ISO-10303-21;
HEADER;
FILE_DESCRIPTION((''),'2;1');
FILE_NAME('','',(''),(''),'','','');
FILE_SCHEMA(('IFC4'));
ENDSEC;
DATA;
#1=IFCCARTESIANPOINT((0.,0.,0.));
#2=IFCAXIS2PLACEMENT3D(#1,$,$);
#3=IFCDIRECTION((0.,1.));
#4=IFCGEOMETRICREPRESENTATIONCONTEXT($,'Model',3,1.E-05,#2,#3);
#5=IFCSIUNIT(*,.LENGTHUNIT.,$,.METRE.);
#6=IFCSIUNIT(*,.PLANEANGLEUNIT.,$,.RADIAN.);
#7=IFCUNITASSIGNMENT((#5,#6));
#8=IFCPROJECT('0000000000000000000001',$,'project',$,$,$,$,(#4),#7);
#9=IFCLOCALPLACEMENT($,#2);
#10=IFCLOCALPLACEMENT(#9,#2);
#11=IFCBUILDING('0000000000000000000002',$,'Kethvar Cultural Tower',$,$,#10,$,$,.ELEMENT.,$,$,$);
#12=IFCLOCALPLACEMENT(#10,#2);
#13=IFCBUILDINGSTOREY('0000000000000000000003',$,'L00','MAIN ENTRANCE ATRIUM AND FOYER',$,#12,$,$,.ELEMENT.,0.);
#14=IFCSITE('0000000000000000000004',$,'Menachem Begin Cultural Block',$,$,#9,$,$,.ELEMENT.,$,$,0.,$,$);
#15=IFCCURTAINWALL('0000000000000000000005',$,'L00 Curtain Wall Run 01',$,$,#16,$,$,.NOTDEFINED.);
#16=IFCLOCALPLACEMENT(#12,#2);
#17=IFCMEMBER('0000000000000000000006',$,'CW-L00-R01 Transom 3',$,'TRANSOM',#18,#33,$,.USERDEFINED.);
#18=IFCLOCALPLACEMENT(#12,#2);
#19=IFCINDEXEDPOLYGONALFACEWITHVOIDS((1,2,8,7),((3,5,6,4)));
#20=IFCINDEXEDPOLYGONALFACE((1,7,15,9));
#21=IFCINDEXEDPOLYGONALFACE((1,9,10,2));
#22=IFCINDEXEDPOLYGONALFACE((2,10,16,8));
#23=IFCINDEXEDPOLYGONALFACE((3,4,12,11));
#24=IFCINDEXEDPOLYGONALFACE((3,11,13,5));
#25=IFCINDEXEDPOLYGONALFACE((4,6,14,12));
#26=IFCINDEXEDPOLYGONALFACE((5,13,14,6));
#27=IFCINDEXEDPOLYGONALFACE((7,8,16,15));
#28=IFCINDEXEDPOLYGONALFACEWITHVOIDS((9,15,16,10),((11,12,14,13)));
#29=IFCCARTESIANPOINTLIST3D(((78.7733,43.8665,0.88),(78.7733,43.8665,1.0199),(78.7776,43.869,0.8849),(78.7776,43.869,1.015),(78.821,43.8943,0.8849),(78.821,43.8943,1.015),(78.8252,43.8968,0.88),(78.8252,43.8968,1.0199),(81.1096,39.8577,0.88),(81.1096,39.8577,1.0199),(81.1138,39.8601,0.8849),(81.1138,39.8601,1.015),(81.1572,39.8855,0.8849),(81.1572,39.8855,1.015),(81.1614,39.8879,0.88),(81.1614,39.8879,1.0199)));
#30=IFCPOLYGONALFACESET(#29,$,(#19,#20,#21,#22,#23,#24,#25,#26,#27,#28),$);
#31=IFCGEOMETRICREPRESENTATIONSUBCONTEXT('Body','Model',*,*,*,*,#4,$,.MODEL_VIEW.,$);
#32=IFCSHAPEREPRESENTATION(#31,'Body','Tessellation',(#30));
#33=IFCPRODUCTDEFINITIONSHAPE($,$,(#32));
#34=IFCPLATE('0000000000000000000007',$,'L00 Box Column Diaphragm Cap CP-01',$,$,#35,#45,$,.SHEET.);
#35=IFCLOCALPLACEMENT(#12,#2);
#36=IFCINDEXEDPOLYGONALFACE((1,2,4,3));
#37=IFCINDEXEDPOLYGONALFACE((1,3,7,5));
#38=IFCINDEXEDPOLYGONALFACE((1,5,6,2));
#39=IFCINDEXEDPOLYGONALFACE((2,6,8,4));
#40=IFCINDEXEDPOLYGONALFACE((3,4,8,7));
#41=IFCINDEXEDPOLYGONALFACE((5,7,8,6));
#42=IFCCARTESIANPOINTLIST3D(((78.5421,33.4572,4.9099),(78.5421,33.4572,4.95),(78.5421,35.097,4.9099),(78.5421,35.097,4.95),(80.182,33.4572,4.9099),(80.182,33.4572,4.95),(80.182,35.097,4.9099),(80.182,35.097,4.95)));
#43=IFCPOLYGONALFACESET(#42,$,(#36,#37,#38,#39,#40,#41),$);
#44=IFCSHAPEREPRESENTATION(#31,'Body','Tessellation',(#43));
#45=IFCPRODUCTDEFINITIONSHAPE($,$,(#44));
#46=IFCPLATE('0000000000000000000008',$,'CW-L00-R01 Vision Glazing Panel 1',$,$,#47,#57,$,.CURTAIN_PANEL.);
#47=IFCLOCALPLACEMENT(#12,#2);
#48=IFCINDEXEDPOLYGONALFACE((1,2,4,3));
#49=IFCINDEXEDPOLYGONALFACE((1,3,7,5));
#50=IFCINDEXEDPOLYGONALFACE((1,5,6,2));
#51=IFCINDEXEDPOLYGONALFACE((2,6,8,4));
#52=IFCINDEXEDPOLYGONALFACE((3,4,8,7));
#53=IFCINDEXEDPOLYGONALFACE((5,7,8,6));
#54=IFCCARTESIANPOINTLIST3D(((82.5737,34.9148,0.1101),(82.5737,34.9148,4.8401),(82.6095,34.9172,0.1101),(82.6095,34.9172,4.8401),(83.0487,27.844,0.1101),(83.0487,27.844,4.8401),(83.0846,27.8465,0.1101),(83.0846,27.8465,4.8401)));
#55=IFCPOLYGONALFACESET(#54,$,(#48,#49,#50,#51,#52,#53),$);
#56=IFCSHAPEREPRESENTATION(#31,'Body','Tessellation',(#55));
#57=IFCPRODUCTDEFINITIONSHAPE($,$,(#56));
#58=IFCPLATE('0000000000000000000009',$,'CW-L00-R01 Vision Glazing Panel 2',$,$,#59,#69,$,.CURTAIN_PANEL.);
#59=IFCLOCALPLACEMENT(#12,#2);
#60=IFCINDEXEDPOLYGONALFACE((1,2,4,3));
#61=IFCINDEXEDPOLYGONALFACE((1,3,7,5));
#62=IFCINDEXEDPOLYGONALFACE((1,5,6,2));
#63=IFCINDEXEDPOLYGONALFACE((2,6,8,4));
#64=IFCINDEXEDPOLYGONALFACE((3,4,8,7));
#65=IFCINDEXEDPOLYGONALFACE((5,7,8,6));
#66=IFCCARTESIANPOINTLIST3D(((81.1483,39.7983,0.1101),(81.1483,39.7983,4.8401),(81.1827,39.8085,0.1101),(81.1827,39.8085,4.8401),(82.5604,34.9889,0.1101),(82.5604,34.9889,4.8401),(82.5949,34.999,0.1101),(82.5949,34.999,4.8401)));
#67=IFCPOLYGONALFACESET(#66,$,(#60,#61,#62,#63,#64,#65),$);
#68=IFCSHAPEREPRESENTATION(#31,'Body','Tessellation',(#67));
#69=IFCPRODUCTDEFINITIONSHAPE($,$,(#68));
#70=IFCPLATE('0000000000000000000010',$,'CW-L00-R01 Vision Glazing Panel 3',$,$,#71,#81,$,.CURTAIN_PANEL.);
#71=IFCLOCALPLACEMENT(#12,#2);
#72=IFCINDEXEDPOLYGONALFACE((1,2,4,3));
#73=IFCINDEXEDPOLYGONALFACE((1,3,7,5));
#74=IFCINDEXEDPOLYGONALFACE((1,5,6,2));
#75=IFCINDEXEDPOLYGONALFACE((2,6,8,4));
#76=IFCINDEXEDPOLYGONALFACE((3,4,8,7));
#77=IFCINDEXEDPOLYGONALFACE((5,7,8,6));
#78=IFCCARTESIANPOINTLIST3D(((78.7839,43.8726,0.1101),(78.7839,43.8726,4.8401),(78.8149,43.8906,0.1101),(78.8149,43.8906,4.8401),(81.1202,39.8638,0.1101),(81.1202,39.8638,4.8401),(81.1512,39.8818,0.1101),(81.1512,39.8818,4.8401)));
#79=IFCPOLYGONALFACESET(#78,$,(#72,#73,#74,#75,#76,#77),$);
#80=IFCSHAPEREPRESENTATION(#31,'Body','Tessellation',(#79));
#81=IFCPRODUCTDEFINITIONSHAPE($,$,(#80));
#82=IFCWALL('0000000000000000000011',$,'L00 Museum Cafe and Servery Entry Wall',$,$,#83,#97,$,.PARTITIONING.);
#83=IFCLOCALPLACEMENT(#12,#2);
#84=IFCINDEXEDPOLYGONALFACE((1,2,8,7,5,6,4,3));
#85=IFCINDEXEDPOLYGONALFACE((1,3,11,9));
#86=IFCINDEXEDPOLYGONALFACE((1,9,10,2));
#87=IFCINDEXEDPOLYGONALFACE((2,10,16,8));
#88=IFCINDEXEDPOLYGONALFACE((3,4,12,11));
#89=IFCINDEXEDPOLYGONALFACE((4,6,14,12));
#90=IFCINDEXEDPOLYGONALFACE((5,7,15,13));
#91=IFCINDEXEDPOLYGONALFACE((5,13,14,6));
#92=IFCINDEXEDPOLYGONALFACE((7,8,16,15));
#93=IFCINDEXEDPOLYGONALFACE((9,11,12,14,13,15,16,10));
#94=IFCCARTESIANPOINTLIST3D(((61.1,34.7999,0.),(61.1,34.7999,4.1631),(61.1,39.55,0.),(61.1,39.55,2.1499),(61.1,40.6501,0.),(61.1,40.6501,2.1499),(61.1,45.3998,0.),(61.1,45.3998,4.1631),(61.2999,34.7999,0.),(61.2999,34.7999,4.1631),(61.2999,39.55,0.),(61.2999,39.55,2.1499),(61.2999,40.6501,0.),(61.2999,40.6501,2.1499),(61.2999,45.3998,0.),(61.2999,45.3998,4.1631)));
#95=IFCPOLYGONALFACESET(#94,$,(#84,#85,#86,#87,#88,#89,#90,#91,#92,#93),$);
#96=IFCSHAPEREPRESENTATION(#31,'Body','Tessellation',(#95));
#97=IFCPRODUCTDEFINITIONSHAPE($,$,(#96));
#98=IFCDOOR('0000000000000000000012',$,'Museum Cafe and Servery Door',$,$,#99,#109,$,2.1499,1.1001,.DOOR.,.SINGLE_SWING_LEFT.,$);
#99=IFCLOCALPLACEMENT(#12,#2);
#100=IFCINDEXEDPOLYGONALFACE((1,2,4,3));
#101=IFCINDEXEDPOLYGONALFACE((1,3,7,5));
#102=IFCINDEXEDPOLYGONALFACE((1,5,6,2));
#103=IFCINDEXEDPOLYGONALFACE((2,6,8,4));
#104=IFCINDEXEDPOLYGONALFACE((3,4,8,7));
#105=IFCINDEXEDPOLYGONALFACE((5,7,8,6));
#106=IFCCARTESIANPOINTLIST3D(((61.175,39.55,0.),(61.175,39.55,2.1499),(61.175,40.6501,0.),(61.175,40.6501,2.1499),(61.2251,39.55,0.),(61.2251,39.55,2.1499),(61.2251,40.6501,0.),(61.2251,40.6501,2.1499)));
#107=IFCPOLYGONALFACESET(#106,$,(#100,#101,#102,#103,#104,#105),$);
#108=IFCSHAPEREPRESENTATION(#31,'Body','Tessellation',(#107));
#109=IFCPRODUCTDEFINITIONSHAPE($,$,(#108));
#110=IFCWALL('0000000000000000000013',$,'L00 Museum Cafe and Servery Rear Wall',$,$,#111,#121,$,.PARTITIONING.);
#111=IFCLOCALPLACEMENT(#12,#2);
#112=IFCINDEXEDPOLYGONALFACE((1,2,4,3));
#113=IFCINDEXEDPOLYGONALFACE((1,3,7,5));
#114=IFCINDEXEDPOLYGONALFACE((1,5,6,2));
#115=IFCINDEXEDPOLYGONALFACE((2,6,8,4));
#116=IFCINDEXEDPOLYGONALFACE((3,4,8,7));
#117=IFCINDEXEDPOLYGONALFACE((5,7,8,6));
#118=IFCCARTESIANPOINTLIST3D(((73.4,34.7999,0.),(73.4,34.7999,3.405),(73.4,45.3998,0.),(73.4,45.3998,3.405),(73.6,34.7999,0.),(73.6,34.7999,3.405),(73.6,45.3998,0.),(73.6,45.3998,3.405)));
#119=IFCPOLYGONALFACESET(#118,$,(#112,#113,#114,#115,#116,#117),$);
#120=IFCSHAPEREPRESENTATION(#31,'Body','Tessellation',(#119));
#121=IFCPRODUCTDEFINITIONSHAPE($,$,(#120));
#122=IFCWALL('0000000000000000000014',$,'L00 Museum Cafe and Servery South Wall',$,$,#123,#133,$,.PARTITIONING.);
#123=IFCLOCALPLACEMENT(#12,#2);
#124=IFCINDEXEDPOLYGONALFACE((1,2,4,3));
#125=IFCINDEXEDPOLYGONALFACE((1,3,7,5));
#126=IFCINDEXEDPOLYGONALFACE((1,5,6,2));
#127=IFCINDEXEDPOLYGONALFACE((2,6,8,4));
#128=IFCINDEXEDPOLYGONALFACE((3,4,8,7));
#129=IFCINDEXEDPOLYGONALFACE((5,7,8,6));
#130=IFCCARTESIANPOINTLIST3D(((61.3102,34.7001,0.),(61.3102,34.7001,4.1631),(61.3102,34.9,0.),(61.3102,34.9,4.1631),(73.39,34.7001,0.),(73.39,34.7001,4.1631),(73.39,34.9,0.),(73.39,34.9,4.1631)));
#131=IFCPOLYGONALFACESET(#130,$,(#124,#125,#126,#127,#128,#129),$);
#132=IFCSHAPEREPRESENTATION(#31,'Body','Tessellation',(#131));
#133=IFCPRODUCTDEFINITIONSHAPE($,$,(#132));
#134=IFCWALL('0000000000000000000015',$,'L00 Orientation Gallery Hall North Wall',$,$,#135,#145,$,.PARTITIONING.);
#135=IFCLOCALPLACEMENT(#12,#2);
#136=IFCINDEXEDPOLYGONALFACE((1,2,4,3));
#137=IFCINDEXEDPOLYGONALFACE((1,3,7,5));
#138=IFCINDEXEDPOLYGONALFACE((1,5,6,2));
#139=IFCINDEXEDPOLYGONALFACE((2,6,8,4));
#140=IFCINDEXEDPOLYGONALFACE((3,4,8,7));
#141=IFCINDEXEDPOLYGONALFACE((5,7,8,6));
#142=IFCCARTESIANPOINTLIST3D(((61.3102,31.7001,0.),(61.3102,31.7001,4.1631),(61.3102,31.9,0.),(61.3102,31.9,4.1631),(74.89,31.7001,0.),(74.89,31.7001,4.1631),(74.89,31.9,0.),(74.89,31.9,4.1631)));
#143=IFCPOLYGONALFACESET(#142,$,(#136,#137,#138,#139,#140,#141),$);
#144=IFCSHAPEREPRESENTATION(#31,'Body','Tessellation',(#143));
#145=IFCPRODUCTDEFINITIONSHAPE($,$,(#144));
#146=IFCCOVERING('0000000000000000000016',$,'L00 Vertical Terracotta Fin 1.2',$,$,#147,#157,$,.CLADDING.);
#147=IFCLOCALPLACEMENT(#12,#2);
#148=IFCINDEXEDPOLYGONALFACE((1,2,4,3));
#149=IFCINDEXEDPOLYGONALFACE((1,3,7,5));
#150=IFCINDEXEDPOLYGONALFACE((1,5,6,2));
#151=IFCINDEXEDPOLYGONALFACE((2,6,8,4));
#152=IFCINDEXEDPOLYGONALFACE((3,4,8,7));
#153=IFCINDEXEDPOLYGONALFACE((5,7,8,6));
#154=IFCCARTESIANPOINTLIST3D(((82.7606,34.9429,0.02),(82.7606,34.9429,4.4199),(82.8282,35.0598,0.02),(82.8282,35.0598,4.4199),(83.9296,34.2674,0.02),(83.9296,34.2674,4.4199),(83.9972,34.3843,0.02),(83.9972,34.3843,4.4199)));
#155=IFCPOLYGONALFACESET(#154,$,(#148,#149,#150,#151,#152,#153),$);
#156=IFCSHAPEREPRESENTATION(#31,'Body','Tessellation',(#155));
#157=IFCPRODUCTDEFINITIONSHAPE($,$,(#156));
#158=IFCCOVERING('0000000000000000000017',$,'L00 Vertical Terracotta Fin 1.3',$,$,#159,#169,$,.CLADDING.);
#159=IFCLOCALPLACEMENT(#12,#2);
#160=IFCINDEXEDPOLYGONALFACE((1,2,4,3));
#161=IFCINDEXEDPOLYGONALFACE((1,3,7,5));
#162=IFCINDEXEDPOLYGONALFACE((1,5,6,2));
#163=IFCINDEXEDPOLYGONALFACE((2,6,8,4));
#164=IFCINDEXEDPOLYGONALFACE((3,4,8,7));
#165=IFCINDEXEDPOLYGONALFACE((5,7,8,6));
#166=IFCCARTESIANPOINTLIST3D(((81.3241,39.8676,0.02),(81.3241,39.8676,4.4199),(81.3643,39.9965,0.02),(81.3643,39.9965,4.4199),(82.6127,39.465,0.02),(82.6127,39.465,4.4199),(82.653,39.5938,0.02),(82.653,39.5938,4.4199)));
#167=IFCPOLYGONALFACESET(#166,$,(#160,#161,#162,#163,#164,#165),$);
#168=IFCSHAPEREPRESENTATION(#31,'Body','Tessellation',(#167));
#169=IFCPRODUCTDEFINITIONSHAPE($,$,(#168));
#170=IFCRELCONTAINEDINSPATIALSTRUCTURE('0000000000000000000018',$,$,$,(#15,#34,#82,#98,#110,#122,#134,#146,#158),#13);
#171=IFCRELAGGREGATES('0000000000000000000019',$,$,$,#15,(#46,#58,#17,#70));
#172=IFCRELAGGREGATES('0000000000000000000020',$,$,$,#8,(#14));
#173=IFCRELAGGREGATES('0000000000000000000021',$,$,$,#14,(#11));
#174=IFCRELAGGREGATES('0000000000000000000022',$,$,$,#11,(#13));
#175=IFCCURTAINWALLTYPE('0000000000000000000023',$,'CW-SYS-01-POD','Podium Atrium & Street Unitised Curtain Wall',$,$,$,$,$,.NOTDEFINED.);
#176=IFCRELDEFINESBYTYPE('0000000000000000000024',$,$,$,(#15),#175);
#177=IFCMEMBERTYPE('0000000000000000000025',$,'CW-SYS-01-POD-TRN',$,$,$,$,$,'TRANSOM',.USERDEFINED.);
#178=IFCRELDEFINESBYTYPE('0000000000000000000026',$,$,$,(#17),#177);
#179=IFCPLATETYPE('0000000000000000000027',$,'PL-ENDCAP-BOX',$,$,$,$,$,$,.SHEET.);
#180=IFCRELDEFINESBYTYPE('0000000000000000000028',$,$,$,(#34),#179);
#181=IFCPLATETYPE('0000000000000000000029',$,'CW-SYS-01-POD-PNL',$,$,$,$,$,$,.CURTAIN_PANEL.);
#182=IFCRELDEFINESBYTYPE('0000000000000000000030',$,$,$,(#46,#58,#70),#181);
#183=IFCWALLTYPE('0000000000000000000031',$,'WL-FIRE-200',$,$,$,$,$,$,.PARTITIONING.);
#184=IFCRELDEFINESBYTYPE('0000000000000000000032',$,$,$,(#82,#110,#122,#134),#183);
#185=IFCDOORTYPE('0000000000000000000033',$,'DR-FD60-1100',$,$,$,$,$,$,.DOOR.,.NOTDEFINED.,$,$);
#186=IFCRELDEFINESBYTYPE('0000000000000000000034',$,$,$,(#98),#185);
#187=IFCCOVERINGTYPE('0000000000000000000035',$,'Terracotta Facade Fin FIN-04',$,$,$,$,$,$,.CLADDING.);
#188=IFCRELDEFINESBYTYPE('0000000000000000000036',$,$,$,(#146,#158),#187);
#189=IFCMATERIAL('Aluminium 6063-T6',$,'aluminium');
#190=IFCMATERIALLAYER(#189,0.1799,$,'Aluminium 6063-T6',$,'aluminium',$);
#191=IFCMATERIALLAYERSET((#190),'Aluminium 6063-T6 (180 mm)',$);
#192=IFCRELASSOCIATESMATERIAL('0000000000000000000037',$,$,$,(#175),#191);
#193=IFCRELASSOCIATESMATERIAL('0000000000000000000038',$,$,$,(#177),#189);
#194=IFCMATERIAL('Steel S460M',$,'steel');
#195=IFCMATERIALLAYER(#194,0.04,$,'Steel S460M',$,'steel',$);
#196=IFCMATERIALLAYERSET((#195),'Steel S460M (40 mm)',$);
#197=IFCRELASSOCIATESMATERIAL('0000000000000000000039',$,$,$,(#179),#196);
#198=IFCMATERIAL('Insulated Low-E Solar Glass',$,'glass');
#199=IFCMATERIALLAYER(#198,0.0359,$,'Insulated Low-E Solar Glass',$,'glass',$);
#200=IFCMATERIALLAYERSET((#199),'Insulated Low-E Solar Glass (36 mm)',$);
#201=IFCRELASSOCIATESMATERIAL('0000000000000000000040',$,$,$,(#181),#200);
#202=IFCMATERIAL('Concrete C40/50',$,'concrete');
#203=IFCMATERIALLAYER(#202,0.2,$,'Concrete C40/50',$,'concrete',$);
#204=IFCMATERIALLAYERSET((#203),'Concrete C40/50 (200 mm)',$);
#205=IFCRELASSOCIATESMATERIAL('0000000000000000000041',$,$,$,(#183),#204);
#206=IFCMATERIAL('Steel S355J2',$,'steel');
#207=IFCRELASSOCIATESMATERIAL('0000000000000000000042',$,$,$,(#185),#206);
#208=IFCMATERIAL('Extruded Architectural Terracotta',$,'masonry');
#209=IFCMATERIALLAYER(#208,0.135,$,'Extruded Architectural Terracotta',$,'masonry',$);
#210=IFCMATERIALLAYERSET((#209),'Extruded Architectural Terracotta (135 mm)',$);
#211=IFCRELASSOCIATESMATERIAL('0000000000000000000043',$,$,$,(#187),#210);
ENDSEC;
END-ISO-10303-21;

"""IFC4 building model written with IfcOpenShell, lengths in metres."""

from ifc_helpers import new_model, si_unit, direction, frame, frame_2d, origin, origin_2d, place, context, subcontext, project, spatial, rectangle, hollow_rectangle, extrude, source, transform, mapped, material, layer, layer_set, material_profile, profile_set, type_object, element, fill, aggregate, save


model = new_model("IFC4")

# Units and contexts
model_context = context("Model", 3, precision=1e-05, world=origin(), true_north=direction((0.0, 1.0)))
body_context = subcontext(model_context, "Body", "Model", "MODEL_VIEW")
ifc_project = project(units=[si_unit("LENGTHUNIT", "METRE"), si_unit("PLANEANGLEUNIT", "RADIAN")], contexts=[model_context])

# Site, building, storey
site_placement = place(None, origin())
site = spatial("IfcSite", under=ifc_project, at=site_placement, Name="Menachem Begin Cultural Block", CompositionType="ELEMENT", RefElevation=0.0)
building_placement = place(site_placement, origin())
building = spatial("IfcBuilding", under=site, at=building_placement, Name="Kethvar Cultural Tower", CompositionType="ELEMENT")
storey_placement = place(building_placement, origin())
storey = spatial("IfcBuildingStorey", under=building, at=storey_placement, Name="L00", Description="MAIN ENTRANCE ATRIUM AND FOYER", CompositionType="ELEMENT", Elevation=0.0)

# Shared definitions
ifc_material_1 = material(Name="Steel S460M", Category="steel")

# Shared definitions
ifc_material_2 = material(Name="Steel S355J2", Category="steel")

# Curtain wall
ifc_material_3 = material(Name="Aluminium 6063-T6", Category="aluminium")
ifc_layer_1 = layer(ifc_material_3, 0.1799, Name="Aluminium 6063-T6", Category="aluminium")
ifc_layer_set_1 = layer_set([ifc_layer_1], Name="Aluminium 6063-T6 (180 mm)")
curtain_wall_type = type_object("IfcCurtainWallType", Name="CW-SYS-01-POD", Description="Podium Atrium & Street Unitised Curtain Wall", PredefinedType="NOTDEFINED", material=ifc_layer_set_1)
curtain_wall_1_placement = place(storey_placement, origin())
curtain_wall_1 = element("IfcCurtainWall", 1, at=curtain_wall_1_placement, inside=storey, type_object=curtain_wall_type, Name="L00 Curtain Wall Run 01", PredefinedType="NOTDEFINED")

# Member
ifc_material_profile_1 = material_profile(ifc_material_3, hollow_rectangle(XDim=0.0601, YDim=0.1399, WallThickness=0.0049, at=origin_2d()), Name="Aluminium 6063-T6 — RHS140x60x5")
ifc_profile_set_1 = profile_set([ifc_material_profile_1], Name="Aluminium 6063-T6 — RHS140x60x5")
member_type_1 = type_object("IfcMemberType", Name="CW-SYS-01-POD-TRN", ElementType="TRANSOM", PredefinedType="USERDEFINED", material=ifc_profile_set_1)
shared_shape_1 = source(origin(), body_context, "Body", "SweptSolid", [
    extrude(hollow_rectangle(XDim=0.0601, YDim=0.1399, WallThickness=0.0049, at=origin_2d()), origin(), (0.0, 0.0, 1.0), 4.6399),
])
member_1_placement = place(storey_placement, frame((81.1355, 39.8728, 0.95), z_axis=(-0.503505, 0.863993, 0.0), x_axis=(-0.863993, -0.503505, 0.0)))
member_1 = element("IfcMember", 2, at=member_1_placement, type_object=member_type_1, Name="CW-L00-R01 Transom 3", ObjectType="TRANSOM", PredefinedType="USERDEFINED", context=body_context, shape_type="MappedRepresentation", body=[
    mapped(shared_shape_1, transform((0.0, 0.0, 0.0), scale=1.0)),
])

# Plates
ifc_layer_2 = layer(ifc_material_1, 0.04, Name="Steel S460M", Category="steel")
ifc_layer_set_2 = layer_set([ifc_layer_2], Name="Steel S460M (40 mm)")
plate_type_1 = type_object("IfcPlateType", Name="PL-ENDCAP-BOX", PredefinedType="SHEET", material=ifc_layer_set_2)
shared_shape_2 = source(origin(), body_context, "Body", "SweptSolid", [
    extrude(rectangle(XDim=1.6399, YDim=1.6399, at=origin_2d()), origin(), (0.0, 0.0, 1.0), 0.04),
])
plate_1_placement = place(storey_placement, frame((79.3621, 34.2771, 4.9099), z_axis=(0.0, 0.0, 1.0), x_axis=(1.0, 0.0, 0.0)))
element("IfcPlate", 3, at=plate_1_placement, inside=storey, type_object=plate_type_1, Name="L00 Box Column Diaphragm Cap CP-01", PredefinedType="SHEET", context=body_context, shape_type="MappedRepresentation", body=[
    mapped(shared_shape_2, transform((0.0, 0.0, 0.0), scale=1.0)),
])
ifc_material_4 = material(Name="Insulated Low-E Solar Glass", Category="glass")
ifc_layer_3 = layer(ifc_material_4, 0.0359, Name="Insulated Low-E Solar Glass", Category="glass")
ifc_layer_set_3 = layer_set([ifc_layer_3], Name="Insulated Low-E Solar Glass (36 mm)")
plate_type_2 = type_object("IfcPlateType", Name="CW-SYS-01-POD-PNL", PredefinedType="CURTAIN_PANEL", material=ifc_layer_set_3)
shared_shape_3 = source(origin(), body_context, "Body", "SweptSolid", [
    extrude(rectangle(XDim=7.0867, YDim=0.0359, at=origin_2d()), origin(), (0.0, 0.0, 1.0), 4.73),
])
plate_2_placement = place(storey_placement, frame((82.8291, 31.3806, 0.1101), z_axis=(0.0, 0.0, 1.0), x_axis=(-0.06704, 0.99775, 0.0)))
plate_2 = element("IfcPlate", 4, at=plate_2_placement, type_object=plate_type_2, Name="CW-L00-R01 Vision Glazing Panel 1", PredefinedType="CURTAIN_PANEL", context=body_context, shape_type="MappedRepresentation", body=[
    mapped(shared_shape_3, transform((0.0, 0.0, 0.0), scale=1.0)),
])
shared_shape_4 = source(origin(), body_context, "Body", "SweptSolid", [
    extrude(rectangle(XDim=5.0125, YDim=0.0359, at=origin_2d()), origin(), (0.0, 0.0, 1.0), 4.73),
])
plate_3_placement = place(storey_placement, frame((81.8716, 37.3987, 0.1101), z_axis=(0.0, 0.0, 1.0), x_axis=(-0.281722, 0.959496, 0.0)))
plate_3 = element("IfcPlate", 5, at=plate_3_placement, type_object=plate_type_2, Name="CW-L00-R01 Vision Glazing Panel 2", PredefinedType="CURTAIN_PANEL", context=body_context, shape_type="MappedRepresentation", body=[
    mapped(shared_shape_4, transform((0.0, 0.0, 0.0), scale=1.0)),
])
shared_shape_5 = source(origin(), body_context, "Body", "SweptSolid", [
    extrude(rectangle(XDim=4.6399, YDim=0.0359, at=origin_2d()), origin(), (0.0, 0.0, 1.0), 4.73),
])
plate_4_placement = place(storey_placement, frame((79.9675, 41.8772, 0.1101), z_axis=(0.0, 0.0, 1.0), x_axis=(-0.503518, 0.863985, 0.0)))
plate_4 = element("IfcPlate", 6, at=plate_4_placement, type_object=plate_type_2, Name="CW-L00-R01 Vision Glazing Panel 3", PredefinedType="CURTAIN_PANEL", context=body_context, shape_type="MappedRepresentation", body=[
    mapped(shared_shape_5, transform((0.0, 0.0, 0.0), scale=1.0)),
])
aggregate(curtain_wall_1, [plate_2, plate_3, member_1, plate_4])

# Wall, opening, door
ifc_material_5 = material(Name="Concrete C40/50", Category="concrete")
ifc_layer_4 = layer(ifc_material_5, 0.2, Name="Concrete C40/50", Category="concrete")
ifc_layer_set_4 = layer_set([ifc_layer_4], Name="Concrete C40/50 (200 mm)")
wall_type = type_object("IfcWallType", Name="WL-FIRE-200", PredefinedType="PARTITIONING", material=ifc_layer_set_4)
wall_1_placement = place(storey_placement, frame((61.2, 34.8, 0.0), z_axis=(0.0, 0.0, 1.0), x_axis=(0.0, 1.0, 0.0)))
wall_1 = element("IfcWall", 7, at=wall_1_placement, inside=storey, type_object=wall_type, Name="L00 Museum Cafe and Servery Entry Wall", PredefinedType="PARTITIONING", context=body_context, shape_type="SweptSolid", body=[
    extrude(rectangle(XDim=10.5999, YDim=0.2, at=frame_2d((5.2998, 0.0))), origin(), (0.0, 0.0, 1.0), 4.1631),
])
opening_placement = place(wall_1_placement, frame((4.75, 0.0, 0.0)))
opening = element("IfcOpeningElement", 8, at=opening_placement, cuts=wall_1, PredefinedType="OPENING", context=body_context, shape_type="SweptSolid", body=[
    extrude(rectangle(XDim=1.1001, YDim=2.1499, at=frame_2d((0.55, 1.075))), frame((0.0, 0.1099, 0.0), z_axis=(0.0, -1.0, 0.0), x_axis=(1.0, 0.0, 0.0)), (0.0, 0.0, 1.0), 0.22),
])
door_type = type_object("IfcDoorType", Name="DR-FD60-1100", OperationType="NOTDEFINED", PredefinedType="DOOR", material=ifc_material_2)
shared_shape_6 = source(origin(), body_context, "Body", "SweptSolid", [
    extrude(rectangle(XDim=1.1001, YDim=2.1499, at=frame_2d((0.55, 1.075))), frame((0.0, 0.0249, 0.0), z_axis=(0.0, -1.0, 0.0), x_axis=(1.0, 0.0, 0.0)), (0.0, 0.0, 1.0), 0.05),
])
door_placement = place(opening_placement, origin())
door = element("IfcDoor", 9, at=door_placement, inside=storey, type_object=door_type, Name="Museum Cafe and Servery Door", OperationType="SINGLE_SWING_LEFT", OverallHeight=2.1499, OverallWidth=1.1001, PredefinedType="DOOR", context=body_context, shape_type="MappedRepresentation", body=[
    mapped(shared_shape_6, transform((0.0, 0.0, 0.0), scale=1.0)),
])
fill(opening, door)

# Walls
wall_2_placement = place(storey_placement, frame((73.5, 34.8, 0.0), z_axis=(0.0, 0.0, 1.0), x_axis=(0.0, 1.0, 0.0)))
element("IfcWall", 10, at=wall_2_placement, inside=storey, type_object=wall_type, Name="L00 Museum Cafe and Servery Rear Wall", PredefinedType="PARTITIONING", context=body_context, shape_type="SweptSolid", body=[
    extrude(rectangle(XDim=10.5999, YDim=0.2, at=frame_2d((5.2998, 0.0))), origin(), (0.0, 0.0, 1.0), 3.405),
])
wall_3_placement = place(storey_placement, frame((61.3101, 34.8, 0.0), z_axis=(0.0, 0.0, 1.0), x_axis=(1.0, 0.0, 0.0)))
element("IfcWall", 11, at=wall_3_placement, inside=storey, type_object=wall_type, Name="L00 Museum Cafe and Servery South Wall", PredefinedType="PARTITIONING", context=body_context, shape_type="SweptSolid", body=[
    extrude(rectangle(XDim=12.0798, YDim=0.2, at=frame_2d((6.04, 0.0))), origin(), (0.0, 0.0, 1.0), 4.1631),
])
wall_4_placement = place(storey_placement, frame((61.3101, 31.8, 0.0), z_axis=(0.0, 0.0, 1.0), x_axis=(1.0, 0.0, 0.0)))
element("IfcWall", 12, at=wall_4_placement, inside=storey, type_object=wall_type, Name="L00 Orientation Gallery Hall North Wall", PredefinedType="PARTITIONING", context=body_context, shape_type="SweptSolid", body=[
    extrude(rectangle(XDim=13.5798, YDim=0.2, at=frame_2d((6.79, 0.0))), origin(), (0.0, 0.0, 1.0), 4.1631),
])

# Coverings
ifc_material_6 = material(Name="Extruded Architectural Terracotta", Category="masonry")
ifc_layer_5 = layer(ifc_material_6, 0.135, Name="Extruded Architectural Terracotta", Category="masonry")
ifc_layer_set_5 = layer_set([ifc_layer_5], Name="Extruded Architectural Terracotta (135 mm)")
covering_type = type_object("IfcCoveringType", Name="Terracotta Facade Fin FIN-04", PredefinedType="CLADDING", material=ifc_layer_set_5)
shared_shape_7 = source(origin(), body_context, "Body", "SweptSolid", [
    extrude(rectangle(XDim=1.3501, YDim=0.135, at=origin_2d()), origin(), (0.0, 0.0, 1.0), 4.3999),
])
for number, where, z_axis, x_axis, name in (
    (13, (83.3789, 34.6636, 0.02), (0.0, 0.0, 1.0), (0.865851, -0.500302, 0.0), "L00 Vertical Terracotta Fin 1.2"),
    (14, (81.9885, 39.7307, 0.02), (0.0, 0.0, 1.0), (0.954501, -0.298208, 0.0), "L00 Vertical Terracotta Fin 1.3"),
):
    element("IfcCovering", number, at=place(storey_placement, frame(where, z_axis=z_axis, x_axis=x_axis)), inside=storey, type_object=covering_type, Name=name, PredefinedType="CLADDING", context=body_context, shape_type="MappedRepresentation", body=[
        mapped(shared_shape_7, transform((0.0, 0.0, 0.0), scale=1.0)),
    ])

save(model, "model.ifc")
